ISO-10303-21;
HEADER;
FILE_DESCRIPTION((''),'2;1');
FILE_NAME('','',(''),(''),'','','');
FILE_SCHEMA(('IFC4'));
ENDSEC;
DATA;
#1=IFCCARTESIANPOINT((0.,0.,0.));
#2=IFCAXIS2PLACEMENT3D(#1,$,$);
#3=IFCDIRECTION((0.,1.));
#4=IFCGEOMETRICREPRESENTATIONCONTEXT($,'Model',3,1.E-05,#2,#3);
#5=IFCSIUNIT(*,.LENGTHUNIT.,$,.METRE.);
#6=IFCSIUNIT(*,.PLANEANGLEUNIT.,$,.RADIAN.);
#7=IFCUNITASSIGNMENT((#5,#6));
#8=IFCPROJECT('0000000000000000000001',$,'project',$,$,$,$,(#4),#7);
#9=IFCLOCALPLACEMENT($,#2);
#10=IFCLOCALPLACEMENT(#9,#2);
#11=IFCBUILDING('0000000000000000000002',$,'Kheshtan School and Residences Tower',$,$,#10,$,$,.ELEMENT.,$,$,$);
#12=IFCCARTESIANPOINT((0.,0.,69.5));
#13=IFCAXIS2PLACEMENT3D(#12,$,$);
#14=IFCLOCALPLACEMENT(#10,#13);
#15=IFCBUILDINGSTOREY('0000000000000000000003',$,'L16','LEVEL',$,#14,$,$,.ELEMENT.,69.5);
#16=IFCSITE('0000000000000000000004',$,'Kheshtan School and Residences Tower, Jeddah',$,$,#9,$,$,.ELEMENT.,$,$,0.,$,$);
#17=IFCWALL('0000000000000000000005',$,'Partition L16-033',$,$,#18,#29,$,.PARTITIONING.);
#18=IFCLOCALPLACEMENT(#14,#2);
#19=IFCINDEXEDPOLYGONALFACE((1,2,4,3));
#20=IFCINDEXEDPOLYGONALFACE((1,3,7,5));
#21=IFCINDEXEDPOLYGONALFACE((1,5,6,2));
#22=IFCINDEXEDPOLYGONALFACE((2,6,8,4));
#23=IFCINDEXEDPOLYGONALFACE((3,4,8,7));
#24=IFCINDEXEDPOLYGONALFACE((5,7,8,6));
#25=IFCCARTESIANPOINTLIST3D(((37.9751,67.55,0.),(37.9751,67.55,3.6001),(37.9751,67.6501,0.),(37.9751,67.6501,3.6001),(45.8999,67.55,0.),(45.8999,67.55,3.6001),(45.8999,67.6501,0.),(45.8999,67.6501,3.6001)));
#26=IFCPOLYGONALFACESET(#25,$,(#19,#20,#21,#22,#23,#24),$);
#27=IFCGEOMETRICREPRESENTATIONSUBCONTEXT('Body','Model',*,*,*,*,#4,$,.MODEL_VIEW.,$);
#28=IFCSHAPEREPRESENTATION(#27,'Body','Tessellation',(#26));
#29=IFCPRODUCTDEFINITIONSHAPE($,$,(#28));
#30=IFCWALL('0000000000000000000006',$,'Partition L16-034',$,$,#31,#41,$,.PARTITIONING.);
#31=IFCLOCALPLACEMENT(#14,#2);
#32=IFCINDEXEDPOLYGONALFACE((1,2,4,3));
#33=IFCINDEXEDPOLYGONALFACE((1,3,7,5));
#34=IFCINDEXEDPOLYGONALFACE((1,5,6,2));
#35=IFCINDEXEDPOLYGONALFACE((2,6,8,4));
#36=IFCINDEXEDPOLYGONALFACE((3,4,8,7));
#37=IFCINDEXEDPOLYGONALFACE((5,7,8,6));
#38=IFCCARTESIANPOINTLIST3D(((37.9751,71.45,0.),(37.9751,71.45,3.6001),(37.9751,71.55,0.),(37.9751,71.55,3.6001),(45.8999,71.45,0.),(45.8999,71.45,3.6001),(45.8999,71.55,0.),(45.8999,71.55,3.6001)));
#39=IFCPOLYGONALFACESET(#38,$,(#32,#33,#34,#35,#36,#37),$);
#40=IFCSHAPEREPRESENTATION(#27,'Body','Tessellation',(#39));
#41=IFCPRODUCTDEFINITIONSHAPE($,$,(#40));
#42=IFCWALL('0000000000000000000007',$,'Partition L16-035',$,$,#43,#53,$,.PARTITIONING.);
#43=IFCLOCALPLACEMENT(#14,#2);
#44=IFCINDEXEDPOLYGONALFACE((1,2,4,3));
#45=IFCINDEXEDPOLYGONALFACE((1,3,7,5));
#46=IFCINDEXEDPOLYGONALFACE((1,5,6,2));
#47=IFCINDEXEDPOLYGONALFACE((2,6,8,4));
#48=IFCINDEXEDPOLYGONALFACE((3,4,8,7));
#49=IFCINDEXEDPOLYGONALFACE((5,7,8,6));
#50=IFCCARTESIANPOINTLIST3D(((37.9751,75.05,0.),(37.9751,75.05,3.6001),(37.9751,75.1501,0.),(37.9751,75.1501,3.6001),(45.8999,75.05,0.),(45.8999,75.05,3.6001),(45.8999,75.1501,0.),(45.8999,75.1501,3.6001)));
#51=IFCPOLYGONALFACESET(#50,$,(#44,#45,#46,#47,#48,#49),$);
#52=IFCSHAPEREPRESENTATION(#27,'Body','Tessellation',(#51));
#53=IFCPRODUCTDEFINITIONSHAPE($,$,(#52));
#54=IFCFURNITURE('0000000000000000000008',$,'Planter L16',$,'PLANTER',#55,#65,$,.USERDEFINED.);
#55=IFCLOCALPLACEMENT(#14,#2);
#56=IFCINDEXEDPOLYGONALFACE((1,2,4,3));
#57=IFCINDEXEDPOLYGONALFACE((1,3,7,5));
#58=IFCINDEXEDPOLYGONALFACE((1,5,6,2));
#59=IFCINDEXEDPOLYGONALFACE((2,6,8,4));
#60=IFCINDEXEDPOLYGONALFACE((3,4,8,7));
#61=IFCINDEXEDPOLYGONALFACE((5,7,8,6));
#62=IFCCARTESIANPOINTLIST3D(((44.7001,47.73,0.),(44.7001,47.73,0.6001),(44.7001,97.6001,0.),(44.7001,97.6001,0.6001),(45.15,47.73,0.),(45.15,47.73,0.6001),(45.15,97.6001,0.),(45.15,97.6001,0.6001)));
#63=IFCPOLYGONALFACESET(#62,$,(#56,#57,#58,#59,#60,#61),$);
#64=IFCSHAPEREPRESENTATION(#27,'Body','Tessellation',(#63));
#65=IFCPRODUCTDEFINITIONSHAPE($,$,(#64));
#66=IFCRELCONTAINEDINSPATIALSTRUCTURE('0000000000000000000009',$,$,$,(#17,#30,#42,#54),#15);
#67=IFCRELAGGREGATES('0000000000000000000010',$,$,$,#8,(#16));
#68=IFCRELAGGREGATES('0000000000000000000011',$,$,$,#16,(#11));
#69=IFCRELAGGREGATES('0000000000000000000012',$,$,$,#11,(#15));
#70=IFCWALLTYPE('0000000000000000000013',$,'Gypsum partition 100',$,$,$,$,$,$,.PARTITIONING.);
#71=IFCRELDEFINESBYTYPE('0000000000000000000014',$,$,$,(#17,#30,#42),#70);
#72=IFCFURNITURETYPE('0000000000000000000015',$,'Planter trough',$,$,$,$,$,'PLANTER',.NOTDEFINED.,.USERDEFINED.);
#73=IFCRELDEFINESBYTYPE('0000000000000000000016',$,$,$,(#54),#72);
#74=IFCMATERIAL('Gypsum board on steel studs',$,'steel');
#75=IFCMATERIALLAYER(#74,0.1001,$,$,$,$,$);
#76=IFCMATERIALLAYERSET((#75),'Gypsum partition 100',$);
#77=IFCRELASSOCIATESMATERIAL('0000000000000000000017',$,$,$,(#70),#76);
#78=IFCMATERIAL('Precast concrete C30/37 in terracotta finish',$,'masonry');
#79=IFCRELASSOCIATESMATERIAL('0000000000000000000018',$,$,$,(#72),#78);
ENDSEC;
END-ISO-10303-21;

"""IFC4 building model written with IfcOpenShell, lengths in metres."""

from ifc_helpers import new_model, si_unit, direction, frame, frame_2d, origin, origin_2d, place, context, subcontext, project, spatial, rectangle, extrude, material, layer, layer_set, type_object, element, save


model = new_model("IFC4")

# Units and contexts
model_context = context("Model", 3, precision=1e-05, world=origin(), true_north=direction((0.0, 1.0)))
body_context = subcontext(model_context, "Body", "Model", "MODEL_VIEW")
ifc_project = project(units=[si_unit("LENGTHUNIT", "METRE"), si_unit("PLANEANGLEUNIT", "RADIAN")], contexts=[model_context])

# Site, building, storey
site_placement = place(None, origin())
site = spatial("IfcSite", under=ifc_project, at=site_placement, Name="Kheshtan School and Residences Tower, Jeddah", CompositionType="ELEMENT", RefElevation=0.0)
building_placement = place(site_placement, origin())
building = spatial("IfcBuilding", under=site, at=building_placement, Name="Kheshtan School and Residences Tower", CompositionType="ELEMENT")
storey_placement = place(building_placement, frame((0.0, 0.0, 69.5)))
storey = spatial("IfcBuildingStorey", under=building, at=storey_placement, Name="L16", Description="LEVEL", CompositionType="ELEMENT", Elevation=69.5)

# Walls
ifc_material_1 = material(Name="Gypsum board on steel studs", Category="steel")
ifc_layer_1 = layer(ifc_material_1, 0.1001)
ifc_layer_set_1 = layer_set([ifc_layer_1], Name="Gypsum partition 100")
wall_type_1 = type_object("IfcWallType", Name="Gypsum partition 100", PredefinedType="PARTITIONING", material=ifc_layer_set_1)
for number, where, z_axis, x_axis, name in (
    (1, (37.9751, 67.6001, 0.0), (0.0, 0.0, 1.0), (1.0, 0.0, 0.0), "Partition L16-033"),
    (2, (37.9751, 71.5, 0.0), (0.0, 0.0, 1.0), (1.0, 0.0, 0.0), "Partition L16-034"),
    (3, (37.9751, 75.1001, 0.0), (0.0, 0.0, 1.0), (1.0, 0.0, 0.0), "Partition L16-035"),
):
    element("IfcWall", number, at=place(storey_placement, frame(where, z_axis=z_axis, x_axis=x_axis)), inside=storey, type_object=wall_type_1, Name=name, PredefinedType="PARTITIONING", context=body_context, shape_type="SweptSolid", body=[
        extrude(rectangle(XDim=7.9248, YDim=0.1001, at=frame_2d((3.9624, 0.0))), origin(), (0.0, 0.0, 1.0), 3.6001),
    ])

# Furniture
ifc_material_2 = material(Name="Precast concrete C30/37 in terracotta finish", Category="masonry")
furniture_type = type_object("IfcFurnitureType", Name="Planter trough", ElementType="PLANTER", AssemblyPlace="NOTDEFINED", PredefinedType="USERDEFINED", material=ifc_material_2)
furniture_placement = place(storey_placement, frame((44.925, 72.665, 0.0), z_axis=(0.0, 0.0, 1.0), x_axis=(0.0, -1.0, 0.0)))
element("IfcFurniture", 4, at=furniture_placement, inside=storey, type_object=furniture_type, Name="Planter L16", ObjectType="PLANTER", PredefinedType="USERDEFINED", context=body_context, shape_type="SweptSolid", body=[
    extrude(rectangle(XDim=49.8701, YDim=0.45, at=origin_2d()), origin(), (0.0, 0.0, 1.0), 0.6001),
])

save(model, "model.ifc")
